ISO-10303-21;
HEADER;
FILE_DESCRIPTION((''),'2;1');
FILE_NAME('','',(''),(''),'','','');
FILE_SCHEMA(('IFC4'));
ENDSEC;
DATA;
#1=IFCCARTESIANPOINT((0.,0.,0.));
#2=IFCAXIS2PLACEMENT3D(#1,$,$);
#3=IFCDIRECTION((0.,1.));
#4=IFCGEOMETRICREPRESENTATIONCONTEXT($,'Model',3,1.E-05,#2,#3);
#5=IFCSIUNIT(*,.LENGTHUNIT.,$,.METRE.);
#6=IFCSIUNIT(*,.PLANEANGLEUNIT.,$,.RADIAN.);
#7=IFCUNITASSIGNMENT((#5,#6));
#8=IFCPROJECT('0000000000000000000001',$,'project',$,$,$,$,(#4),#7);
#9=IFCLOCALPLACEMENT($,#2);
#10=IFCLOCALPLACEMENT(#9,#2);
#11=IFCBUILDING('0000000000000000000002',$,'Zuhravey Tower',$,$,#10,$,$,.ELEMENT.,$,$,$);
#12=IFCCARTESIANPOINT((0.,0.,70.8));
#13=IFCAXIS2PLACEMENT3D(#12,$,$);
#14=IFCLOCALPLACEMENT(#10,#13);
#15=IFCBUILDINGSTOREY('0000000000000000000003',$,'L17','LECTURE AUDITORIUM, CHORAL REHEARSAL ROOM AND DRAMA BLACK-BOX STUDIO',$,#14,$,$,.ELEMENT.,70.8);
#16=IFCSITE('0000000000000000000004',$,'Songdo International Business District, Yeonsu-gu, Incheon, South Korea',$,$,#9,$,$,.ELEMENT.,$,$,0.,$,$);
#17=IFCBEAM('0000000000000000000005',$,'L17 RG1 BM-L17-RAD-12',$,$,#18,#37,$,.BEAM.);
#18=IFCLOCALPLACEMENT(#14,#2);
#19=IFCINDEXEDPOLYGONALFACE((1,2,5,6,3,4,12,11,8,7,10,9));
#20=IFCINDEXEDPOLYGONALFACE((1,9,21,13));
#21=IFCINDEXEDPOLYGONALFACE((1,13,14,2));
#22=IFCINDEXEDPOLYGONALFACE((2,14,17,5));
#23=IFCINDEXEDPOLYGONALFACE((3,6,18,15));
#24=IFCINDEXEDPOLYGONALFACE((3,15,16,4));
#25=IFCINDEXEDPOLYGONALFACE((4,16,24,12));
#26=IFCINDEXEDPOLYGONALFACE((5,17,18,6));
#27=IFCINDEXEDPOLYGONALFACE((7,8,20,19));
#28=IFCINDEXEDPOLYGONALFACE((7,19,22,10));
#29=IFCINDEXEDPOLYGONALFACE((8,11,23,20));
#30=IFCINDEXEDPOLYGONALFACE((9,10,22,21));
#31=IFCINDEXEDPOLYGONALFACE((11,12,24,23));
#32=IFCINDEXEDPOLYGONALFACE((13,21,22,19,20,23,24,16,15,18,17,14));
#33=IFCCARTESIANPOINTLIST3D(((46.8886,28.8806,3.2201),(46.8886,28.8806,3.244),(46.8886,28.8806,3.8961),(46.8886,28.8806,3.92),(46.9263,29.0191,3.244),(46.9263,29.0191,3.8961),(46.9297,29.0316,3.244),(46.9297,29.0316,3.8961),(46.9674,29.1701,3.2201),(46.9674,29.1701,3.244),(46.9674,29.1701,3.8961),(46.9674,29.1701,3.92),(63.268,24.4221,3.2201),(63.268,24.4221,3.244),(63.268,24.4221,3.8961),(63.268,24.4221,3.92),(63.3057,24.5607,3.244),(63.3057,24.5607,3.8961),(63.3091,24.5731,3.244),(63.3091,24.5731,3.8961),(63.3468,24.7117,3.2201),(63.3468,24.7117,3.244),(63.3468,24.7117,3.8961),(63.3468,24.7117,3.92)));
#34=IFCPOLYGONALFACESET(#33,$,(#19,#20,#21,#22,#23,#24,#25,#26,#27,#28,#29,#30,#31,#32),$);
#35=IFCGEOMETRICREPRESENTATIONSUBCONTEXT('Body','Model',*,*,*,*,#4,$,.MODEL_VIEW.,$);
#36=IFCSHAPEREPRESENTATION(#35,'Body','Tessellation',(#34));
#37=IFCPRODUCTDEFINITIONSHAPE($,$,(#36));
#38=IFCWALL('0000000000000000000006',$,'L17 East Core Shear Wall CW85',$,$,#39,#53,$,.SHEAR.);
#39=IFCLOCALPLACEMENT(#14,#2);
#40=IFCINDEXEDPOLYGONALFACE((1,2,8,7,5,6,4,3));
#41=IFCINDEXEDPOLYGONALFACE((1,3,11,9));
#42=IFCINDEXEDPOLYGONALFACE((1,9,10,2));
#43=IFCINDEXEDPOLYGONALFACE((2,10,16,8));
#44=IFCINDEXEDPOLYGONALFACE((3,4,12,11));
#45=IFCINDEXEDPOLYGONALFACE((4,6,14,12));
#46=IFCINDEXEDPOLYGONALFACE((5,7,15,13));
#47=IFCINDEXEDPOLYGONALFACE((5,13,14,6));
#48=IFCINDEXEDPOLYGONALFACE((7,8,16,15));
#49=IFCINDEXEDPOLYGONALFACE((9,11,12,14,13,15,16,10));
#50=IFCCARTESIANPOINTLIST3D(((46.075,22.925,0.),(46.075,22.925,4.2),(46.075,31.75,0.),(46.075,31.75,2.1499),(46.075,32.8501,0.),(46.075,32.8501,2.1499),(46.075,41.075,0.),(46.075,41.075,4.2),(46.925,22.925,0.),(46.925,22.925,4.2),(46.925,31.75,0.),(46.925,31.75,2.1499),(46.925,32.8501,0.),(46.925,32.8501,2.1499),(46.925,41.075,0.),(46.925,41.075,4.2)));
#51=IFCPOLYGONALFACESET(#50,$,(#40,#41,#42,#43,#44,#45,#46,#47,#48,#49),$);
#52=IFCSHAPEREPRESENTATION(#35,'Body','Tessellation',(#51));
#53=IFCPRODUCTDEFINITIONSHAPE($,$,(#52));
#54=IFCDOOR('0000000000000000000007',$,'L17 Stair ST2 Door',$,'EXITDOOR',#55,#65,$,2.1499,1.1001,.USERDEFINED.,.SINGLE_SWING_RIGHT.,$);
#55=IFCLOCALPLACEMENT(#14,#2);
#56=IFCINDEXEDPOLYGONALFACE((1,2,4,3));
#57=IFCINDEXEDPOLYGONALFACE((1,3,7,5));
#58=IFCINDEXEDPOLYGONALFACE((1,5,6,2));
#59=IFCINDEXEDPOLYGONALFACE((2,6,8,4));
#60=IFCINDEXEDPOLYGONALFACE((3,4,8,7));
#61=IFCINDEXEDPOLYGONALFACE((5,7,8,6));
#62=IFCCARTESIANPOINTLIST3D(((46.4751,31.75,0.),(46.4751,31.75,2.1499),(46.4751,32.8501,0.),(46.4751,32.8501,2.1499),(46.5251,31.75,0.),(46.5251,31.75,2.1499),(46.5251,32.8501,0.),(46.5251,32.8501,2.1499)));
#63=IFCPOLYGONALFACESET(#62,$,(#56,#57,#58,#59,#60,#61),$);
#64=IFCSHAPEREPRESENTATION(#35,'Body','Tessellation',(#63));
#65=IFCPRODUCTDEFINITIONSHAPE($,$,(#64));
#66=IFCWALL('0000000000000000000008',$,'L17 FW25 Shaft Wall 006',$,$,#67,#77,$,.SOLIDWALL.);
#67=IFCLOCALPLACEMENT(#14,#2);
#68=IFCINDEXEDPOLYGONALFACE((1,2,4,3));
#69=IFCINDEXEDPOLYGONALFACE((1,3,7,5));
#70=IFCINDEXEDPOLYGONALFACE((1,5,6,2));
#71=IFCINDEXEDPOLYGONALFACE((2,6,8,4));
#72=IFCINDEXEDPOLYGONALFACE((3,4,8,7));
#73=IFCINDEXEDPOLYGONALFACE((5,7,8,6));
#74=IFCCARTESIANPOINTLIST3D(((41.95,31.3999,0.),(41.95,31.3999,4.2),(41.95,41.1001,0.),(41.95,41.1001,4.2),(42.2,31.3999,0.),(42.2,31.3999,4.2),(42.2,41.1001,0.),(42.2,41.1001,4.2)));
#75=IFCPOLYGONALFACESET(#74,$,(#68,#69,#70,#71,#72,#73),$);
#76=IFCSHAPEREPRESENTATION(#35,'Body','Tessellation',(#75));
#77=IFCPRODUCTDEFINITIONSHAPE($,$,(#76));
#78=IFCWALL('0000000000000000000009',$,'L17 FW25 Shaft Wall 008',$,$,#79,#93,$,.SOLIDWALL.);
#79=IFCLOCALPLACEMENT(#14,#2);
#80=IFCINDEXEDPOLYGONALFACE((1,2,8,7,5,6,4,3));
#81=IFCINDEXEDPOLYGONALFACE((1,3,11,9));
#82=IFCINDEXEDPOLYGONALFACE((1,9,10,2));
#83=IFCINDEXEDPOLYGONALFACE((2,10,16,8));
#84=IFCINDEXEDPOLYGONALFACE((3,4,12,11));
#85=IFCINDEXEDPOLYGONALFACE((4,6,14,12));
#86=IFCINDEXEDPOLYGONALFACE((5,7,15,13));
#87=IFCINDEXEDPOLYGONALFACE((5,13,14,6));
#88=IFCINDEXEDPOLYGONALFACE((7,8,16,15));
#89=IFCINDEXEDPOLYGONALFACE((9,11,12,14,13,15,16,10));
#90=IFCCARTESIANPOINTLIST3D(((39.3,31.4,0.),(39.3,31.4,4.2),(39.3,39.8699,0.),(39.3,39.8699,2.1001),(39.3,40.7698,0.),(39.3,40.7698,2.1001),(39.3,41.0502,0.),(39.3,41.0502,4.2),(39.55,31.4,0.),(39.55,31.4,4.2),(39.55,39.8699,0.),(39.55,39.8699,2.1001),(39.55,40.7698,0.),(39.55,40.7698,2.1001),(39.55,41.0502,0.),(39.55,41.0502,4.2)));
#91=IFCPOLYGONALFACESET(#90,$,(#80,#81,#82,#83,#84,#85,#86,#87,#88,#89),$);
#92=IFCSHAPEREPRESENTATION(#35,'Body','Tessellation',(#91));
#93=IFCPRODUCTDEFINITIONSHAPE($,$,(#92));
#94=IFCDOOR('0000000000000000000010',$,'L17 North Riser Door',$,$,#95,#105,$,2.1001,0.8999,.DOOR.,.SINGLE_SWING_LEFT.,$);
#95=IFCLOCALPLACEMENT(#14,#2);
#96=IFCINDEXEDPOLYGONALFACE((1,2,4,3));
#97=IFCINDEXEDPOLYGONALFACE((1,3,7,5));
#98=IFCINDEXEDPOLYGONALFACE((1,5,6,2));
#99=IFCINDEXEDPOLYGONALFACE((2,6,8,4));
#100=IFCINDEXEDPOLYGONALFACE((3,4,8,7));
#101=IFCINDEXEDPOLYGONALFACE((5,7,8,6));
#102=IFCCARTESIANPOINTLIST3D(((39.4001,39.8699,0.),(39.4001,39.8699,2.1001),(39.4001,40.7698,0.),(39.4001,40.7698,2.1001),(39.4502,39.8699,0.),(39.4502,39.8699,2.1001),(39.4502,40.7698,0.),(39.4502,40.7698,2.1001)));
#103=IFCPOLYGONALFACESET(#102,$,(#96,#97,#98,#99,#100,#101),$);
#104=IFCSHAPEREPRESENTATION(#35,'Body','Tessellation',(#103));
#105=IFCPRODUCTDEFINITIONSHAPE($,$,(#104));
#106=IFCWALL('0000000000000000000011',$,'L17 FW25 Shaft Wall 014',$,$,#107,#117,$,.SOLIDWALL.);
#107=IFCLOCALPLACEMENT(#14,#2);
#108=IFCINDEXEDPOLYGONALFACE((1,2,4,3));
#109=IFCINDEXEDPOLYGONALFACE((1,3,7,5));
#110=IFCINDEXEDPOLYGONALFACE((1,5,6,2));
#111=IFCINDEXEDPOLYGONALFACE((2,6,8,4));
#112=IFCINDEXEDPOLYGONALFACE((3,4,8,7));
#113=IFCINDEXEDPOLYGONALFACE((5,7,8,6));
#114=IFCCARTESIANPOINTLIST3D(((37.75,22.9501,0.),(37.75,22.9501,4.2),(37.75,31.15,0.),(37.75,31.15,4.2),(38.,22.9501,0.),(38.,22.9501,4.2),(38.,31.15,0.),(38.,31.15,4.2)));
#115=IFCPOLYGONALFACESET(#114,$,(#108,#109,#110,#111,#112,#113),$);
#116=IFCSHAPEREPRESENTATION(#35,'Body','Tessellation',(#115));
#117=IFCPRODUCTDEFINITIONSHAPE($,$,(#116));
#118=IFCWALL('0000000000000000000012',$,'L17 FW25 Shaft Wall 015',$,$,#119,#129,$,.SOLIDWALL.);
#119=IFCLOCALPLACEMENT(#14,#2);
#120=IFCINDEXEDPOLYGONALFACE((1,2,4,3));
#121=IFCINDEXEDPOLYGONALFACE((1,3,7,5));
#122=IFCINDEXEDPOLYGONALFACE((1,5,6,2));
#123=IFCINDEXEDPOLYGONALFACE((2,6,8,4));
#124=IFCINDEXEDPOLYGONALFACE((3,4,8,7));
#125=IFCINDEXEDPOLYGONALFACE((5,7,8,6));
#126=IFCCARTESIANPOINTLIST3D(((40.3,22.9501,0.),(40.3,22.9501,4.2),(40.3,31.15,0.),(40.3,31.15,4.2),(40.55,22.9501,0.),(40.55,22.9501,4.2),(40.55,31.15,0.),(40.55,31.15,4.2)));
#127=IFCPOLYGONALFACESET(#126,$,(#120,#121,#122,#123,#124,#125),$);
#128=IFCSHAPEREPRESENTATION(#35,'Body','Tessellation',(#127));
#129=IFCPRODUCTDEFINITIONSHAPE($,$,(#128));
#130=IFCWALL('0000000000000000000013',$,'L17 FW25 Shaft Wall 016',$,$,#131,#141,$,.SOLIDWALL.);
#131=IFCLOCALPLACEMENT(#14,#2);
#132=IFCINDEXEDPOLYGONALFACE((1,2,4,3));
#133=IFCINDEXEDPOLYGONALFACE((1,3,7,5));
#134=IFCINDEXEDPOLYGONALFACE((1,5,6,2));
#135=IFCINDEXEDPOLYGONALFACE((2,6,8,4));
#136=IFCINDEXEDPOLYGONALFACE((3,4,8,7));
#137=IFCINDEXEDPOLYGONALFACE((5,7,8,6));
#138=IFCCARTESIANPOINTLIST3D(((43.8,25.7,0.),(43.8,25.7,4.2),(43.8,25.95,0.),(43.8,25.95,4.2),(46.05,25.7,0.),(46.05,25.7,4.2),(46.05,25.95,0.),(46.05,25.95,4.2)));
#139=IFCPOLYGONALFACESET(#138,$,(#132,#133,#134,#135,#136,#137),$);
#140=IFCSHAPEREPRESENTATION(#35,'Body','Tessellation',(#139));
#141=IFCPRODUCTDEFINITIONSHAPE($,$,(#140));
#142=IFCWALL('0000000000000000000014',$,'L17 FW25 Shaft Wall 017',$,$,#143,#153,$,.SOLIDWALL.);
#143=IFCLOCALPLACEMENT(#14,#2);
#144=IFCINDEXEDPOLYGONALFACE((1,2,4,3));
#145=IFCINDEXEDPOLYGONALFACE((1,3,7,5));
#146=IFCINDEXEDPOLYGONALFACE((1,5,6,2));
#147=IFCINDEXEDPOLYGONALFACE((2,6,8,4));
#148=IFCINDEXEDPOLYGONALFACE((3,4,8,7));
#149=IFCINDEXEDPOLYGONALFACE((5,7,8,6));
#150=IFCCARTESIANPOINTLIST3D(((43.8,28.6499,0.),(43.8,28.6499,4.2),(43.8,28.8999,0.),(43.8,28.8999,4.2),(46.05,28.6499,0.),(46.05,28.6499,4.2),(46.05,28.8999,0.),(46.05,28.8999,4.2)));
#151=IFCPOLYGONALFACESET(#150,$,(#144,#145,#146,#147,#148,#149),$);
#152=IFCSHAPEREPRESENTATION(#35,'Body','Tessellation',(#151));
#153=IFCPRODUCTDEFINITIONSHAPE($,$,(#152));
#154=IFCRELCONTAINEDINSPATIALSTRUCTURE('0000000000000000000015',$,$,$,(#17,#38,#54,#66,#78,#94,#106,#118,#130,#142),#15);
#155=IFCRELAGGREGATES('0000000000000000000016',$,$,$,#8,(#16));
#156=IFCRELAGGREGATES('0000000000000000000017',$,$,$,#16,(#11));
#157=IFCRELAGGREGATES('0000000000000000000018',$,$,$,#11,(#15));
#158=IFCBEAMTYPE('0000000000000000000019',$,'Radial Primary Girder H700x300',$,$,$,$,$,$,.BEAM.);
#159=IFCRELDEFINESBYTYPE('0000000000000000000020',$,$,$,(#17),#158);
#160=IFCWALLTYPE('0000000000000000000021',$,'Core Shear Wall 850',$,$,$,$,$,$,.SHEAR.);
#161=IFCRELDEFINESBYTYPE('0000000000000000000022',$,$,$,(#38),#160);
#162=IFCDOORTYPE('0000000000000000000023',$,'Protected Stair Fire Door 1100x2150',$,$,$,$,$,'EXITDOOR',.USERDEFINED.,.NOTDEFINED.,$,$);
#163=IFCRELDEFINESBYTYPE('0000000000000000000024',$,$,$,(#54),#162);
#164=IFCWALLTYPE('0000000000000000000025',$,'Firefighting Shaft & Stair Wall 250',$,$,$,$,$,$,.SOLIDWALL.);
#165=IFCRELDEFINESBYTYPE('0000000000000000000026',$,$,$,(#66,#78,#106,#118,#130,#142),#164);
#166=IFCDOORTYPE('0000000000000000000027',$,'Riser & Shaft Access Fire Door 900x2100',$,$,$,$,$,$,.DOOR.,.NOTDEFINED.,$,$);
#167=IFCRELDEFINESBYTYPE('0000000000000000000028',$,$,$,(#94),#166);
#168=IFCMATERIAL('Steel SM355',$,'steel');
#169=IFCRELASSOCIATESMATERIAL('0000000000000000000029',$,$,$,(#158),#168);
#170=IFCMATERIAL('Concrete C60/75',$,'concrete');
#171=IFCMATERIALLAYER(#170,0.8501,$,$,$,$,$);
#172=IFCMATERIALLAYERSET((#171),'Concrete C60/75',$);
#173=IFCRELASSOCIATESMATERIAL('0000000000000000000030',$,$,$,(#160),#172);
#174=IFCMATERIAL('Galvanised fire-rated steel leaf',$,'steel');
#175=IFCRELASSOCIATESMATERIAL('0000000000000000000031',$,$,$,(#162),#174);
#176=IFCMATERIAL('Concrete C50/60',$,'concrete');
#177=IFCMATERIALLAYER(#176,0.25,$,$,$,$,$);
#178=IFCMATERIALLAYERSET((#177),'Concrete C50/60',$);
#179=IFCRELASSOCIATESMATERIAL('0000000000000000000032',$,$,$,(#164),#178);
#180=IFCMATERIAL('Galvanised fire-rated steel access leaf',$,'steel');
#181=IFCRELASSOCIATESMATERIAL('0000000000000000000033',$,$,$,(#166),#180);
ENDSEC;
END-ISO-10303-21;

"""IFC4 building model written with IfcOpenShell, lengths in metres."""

from ifc_helpers import new_model, si_unit, direction, frame, frame_2d, origin, origin_2d, place, context, subcontext, project, spatial, rectangle, i_section, extrude, material, layer, layer_set, material_profile, profile_set, type_object, element, fill, save


model = new_model("IFC4")

# Units and contexts
model_context = context("Model", 3, precision=1e-05, world=origin(), true_north=direction((0.0, 1.0)))
body_context = subcontext(model_context, "Body", "Model", "MODEL_VIEW")
ifc_project = project(units=[si_unit("LENGTHUNIT", "METRE"), si_unit("PLANEANGLEUNIT", "RADIAN")], contexts=[model_context])

# Site, building, storey
site_placement = place(None, origin())
site = spatial("IfcSite", under=ifc_project, at=site_placement, Name="Songdo International Business District, Yeonsu-gu, Incheon, South Korea", CompositionType="ELEMENT", RefElevation=0.0)
building_placement = place(site_placement, origin())
building = spatial("IfcBuilding", under=site, at=building_placement, Name="Zuhravey Tower", CompositionType="ELEMENT")
storey_placement = place(building_placement, frame((0.0, 0.0, 70.8)))
storey = spatial("IfcBuildingStorey", under=building, at=storey_placement, Name="L17", Description="LECTURE AUDITORIUM, CHORAL REHEARSAL ROOM AND DRAMA BLACK-BOX STUDIO", CompositionType="ELEMENT", Elevation=70.8)

# Beam
ifc_material_1 = material(Name="Steel SM355", Category="steel")
ifc_material_profile = material_profile(ifc_material_1, i_section(OverallWidth=0.3, OverallDepth=0.7, WebThickness=0.0129, FlangeThickness=0.0239, at=origin_2d()), Name="H-700x300x13x24")
ifc_profile_set = profile_set([ifc_material_profile], Name="Steel SM355")
beam_type = type_object("IfcBeamType", Name="Radial Primary Girder H700x300", PredefinedType="BEAM", material=ifc_profile_set)
beam_placement = place(storey_placement, frame((46.928, 29.0254, 3.5701), z_axis=(0.964892, -0.262645, 0.0), x_axis=(0.262645, 0.964892, 0.0)))
element("IfcBeam", 1, at=beam_placement, inside=storey, type_object=beam_type, Name="L17 RG1 BM-L17-RAD-12", PredefinedType="BEAM", context=body_context, shape_type="SweptSolid", body=[
    extrude(i_section(OverallWidth=0.3, OverallDepth=0.7, WebThickness=0.0129, FlangeThickness=0.0239, at=origin_2d()), origin(), (0.0, 0.0, 1.0), 16.9753),
])

# Wall, opening, door
ifc_material_2 = material(Name="Concrete C60/75", Category="concrete")
ifc_layer_1 = layer(ifc_material_2, 0.8501)
ifc_layer_set_1 = layer_set([ifc_layer_1], Name="Concrete C60/75")
wall_type_1 = type_object("IfcWallType", Name="Core Shear Wall 850", PredefinedType="SHEAR", material=ifc_layer_set_1)
wall_1_placement = place(storey_placement, frame((46.5, 22.925, 0.0), z_axis=(0.0, 0.0, 1.0), x_axis=(0.0, 1.0, 0.0)))
wall_1 = element("IfcWall", 2, at=wall_1_placement, inside=storey, type_object=wall_type_1, Name="L17 East Core Shear Wall CW85", PredefinedType="SHEAR", context=body_context, shape_type="SweptSolid", body=[
    extrude(rectangle(XDim=18.1499, YDim=0.8501, at=frame_2d((9.075, 0.0))), origin(), (0.0, 0.0, 1.0), 4.2),
])
opening_1_placement = place(wall_1_placement, frame((8.825, 0.0, 0.0)))
opening_1 = element("IfcOpeningElement", 3, at=opening_1_placement, cuts=wall_1, PredefinedType="OPENING", context=body_context, shape_type="SweptSolid", body=[
    extrude(rectangle(XDim=1.1001, YDim=2.1499, at=frame_2d((0.55, 1.075))), frame((0.0, 0.437, 0.0), z_axis=(0.0, -1.0, 0.0), x_axis=(1.0, 0.0, 0.0)), (0.0, 0.0, 1.0), 0.874),
])
ifc_material_3 = material(Name="Galvanised fire-rated steel leaf", Category="steel")
door_type_1 = type_object("IfcDoorType", Name="Protected Stair Fire Door 1100x2150", ElementType="EXITDOOR", OperationType="NOTDEFINED", PredefinedType="USERDEFINED", material=ifc_material_3)
door_1_placement = place(opening_1_placement, origin())
door_1 = element("IfcDoor", 4, at=door_1_placement, inside=storey, type_object=door_type_1, Name="L17 Stair ST2 Door", ObjectType="EXITDOOR", OperationType="SINGLE_SWING_RIGHT", OverallHeight=2.1499, OverallWidth=1.1001, PredefinedType="USERDEFINED", context=body_context, shape_type="SweptSolid", body=[
    extrude(rectangle(XDim=1.1001, YDim=2.1499, at=frame_2d((0.55, 1.075))), frame((0.0, 0.0249, 0.0), z_axis=(0.0, -1.0, 0.0), x_axis=(1.0, 0.0, 0.0)), (0.0, 0.0, 1.0), 0.05),
])
fill(opening_1, door_1)

# Wall
ifc_material_4 = material(Name="Concrete C50/60", Category="concrete")
ifc_layer_2 = layer(ifc_material_4, 0.25)
ifc_layer_set_2 = layer_set([ifc_layer_2], Name="Concrete C50/60")
wall_type_2 = type_object("IfcWallType", Name="Firefighting Shaft & Stair Wall 250", PredefinedType="SOLIDWALL", material=ifc_layer_set_2)
wall_2_placement = place(storey_placement, frame((42.075, 31.3999, 0.0), z_axis=(0.0, 0.0, 1.0), x_axis=(0.0, 1.0, 0.0)))
element("IfcWall", 5, at=wall_2_placement, inside=storey, type_object=wall_type_2, Name="L17 FW25 Shaft Wall 006", PredefinedType="SOLIDWALL", context=body_context, shape_type="SweptSolid", body=[
    extrude(rectangle(XDim=9.7002, YDim=0.25, at=frame_2d((4.8501, 0.0))), origin(), (0.0, 0.0, 1.0), 4.2),
])

# Wall, opening, door
wall_3_placement = place(storey_placement, frame((39.425, 31.3999, 0.0), z_axis=(0.0, 0.0, 1.0), x_axis=(0.0, 1.0, 0.0)))
wall_3 = element("IfcWall", 6, at=wall_3_placement, inside=storey, type_object=wall_type_2, Name="L17 FW25 Shaft Wall 008", PredefinedType="SOLIDWALL", context=body_context, shape_type="SweptSolid", body=[
    extrude(rectangle(XDim=9.6501, YDim=0.25, at=frame_2d((4.8252, 0.0))), origin(), (0.0, 0.0, 1.0), 4.2),
])
opening_2_placement = place(wall_3_placement, frame((8.47, 0.0, 0.0)))
opening_2 = element("IfcOpeningElement", 7, at=opening_2_placement, cuts=wall_3, PredefinedType="OPENING", context=body_context, shape_type="SweptSolid", body=[
    extrude(rectangle(XDim=0.8999, YDim=2.1001, at=frame_2d((0.45, 1.05))), frame((0.0, 0.137, 0.0), z_axis=(0.0, -1.0, 0.0), x_axis=(1.0, 0.0, 0.0)), (0.0, 0.0, 1.0), 0.2739),
])
ifc_material_5 = material(Name="Galvanised fire-rated steel access leaf", Category="steel")
door_type_2 = type_object("IfcDoorType", Name="Riser & Shaft Access Fire Door 900x2100", OperationType="NOTDEFINED", PredefinedType="DOOR", material=ifc_material_5)
door_2_placement = place(opening_2_placement, origin())
door_2 = element("IfcDoor", 8, at=door_2_placement, inside=storey, type_object=door_type_2, Name="L17 North Riser Door", OperationType="SINGLE_SWING_LEFT", OverallHeight=2.1001, OverallWidth=0.8999, PredefinedType="DOOR", context=body_context, shape_type="SweptSolid", body=[
    extrude(rectangle(XDim=0.8999, YDim=2.1001, at=frame_2d((0.45, 1.05))), frame((0.0, 0.0249, 0.0), z_axis=(0.0, -1.0, 0.0), x_axis=(1.0, 0.0, 0.0)), (0.0, 0.0, 1.0), 0.05),
])
fill(opening_2, door_2)

# Walls
for number, where, z_axis, x_axis, name in (
    (9, (37.875, 22.95, 0.0), (0.0, 0.0, 1.0), (0.0, 1.0, 0.0), "L17 FW25 Shaft Wall 014"),
    (10, (40.425, 22.95, 0.0), (0.0, 0.0, 1.0), (0.0, 1.0, 0.0), "L17 FW25 Shaft Wall 015"),
):
    element("IfcWall", number, at=place(storey_placement, frame(where, z_axis=z_axis, x_axis=x_axis)), inside=storey, type_object=wall_type_2, Name=name, PredefinedType="SOLIDWALL", context=body_context, shape_type="SweptSolid", body=[
        extrude(rectangle(XDim=8.2, YDim=0.25, at=frame_2d((4.1001, 0.0))), origin(), (0.0, 0.0, 1.0), 4.2),
    ])
for number, where, z_axis, x_axis, name in (
    (11, (43.8, 25.825, 0.0), (0.0, 0.0, 1.0), (1.0, 0.0, 0.0), "L17 FW25 Shaft Wall 016"),
    (12, (43.8, 28.7749, 0.0), (0.0, 0.0, 1.0), (1.0, 0.0, 0.0), "L17 FW25 Shaft Wall 017"),
):
    element("IfcWall", number, at=place(storey_placement, frame(where, z_axis=z_axis, x_axis=x_axis)), inside=storey, type_object=wall_type_2, Name=name, PredefinedType="SOLIDWALL", context=body_context, shape_type="SweptSolid", body=[
        extrude(rectangle(XDim=2.25, YDim=0.25, at=frame_2d((1.125, 0.0))), origin(), (0.0, 0.0, 1.0), 4.2),
    ])

save(model, "model.ifc")
